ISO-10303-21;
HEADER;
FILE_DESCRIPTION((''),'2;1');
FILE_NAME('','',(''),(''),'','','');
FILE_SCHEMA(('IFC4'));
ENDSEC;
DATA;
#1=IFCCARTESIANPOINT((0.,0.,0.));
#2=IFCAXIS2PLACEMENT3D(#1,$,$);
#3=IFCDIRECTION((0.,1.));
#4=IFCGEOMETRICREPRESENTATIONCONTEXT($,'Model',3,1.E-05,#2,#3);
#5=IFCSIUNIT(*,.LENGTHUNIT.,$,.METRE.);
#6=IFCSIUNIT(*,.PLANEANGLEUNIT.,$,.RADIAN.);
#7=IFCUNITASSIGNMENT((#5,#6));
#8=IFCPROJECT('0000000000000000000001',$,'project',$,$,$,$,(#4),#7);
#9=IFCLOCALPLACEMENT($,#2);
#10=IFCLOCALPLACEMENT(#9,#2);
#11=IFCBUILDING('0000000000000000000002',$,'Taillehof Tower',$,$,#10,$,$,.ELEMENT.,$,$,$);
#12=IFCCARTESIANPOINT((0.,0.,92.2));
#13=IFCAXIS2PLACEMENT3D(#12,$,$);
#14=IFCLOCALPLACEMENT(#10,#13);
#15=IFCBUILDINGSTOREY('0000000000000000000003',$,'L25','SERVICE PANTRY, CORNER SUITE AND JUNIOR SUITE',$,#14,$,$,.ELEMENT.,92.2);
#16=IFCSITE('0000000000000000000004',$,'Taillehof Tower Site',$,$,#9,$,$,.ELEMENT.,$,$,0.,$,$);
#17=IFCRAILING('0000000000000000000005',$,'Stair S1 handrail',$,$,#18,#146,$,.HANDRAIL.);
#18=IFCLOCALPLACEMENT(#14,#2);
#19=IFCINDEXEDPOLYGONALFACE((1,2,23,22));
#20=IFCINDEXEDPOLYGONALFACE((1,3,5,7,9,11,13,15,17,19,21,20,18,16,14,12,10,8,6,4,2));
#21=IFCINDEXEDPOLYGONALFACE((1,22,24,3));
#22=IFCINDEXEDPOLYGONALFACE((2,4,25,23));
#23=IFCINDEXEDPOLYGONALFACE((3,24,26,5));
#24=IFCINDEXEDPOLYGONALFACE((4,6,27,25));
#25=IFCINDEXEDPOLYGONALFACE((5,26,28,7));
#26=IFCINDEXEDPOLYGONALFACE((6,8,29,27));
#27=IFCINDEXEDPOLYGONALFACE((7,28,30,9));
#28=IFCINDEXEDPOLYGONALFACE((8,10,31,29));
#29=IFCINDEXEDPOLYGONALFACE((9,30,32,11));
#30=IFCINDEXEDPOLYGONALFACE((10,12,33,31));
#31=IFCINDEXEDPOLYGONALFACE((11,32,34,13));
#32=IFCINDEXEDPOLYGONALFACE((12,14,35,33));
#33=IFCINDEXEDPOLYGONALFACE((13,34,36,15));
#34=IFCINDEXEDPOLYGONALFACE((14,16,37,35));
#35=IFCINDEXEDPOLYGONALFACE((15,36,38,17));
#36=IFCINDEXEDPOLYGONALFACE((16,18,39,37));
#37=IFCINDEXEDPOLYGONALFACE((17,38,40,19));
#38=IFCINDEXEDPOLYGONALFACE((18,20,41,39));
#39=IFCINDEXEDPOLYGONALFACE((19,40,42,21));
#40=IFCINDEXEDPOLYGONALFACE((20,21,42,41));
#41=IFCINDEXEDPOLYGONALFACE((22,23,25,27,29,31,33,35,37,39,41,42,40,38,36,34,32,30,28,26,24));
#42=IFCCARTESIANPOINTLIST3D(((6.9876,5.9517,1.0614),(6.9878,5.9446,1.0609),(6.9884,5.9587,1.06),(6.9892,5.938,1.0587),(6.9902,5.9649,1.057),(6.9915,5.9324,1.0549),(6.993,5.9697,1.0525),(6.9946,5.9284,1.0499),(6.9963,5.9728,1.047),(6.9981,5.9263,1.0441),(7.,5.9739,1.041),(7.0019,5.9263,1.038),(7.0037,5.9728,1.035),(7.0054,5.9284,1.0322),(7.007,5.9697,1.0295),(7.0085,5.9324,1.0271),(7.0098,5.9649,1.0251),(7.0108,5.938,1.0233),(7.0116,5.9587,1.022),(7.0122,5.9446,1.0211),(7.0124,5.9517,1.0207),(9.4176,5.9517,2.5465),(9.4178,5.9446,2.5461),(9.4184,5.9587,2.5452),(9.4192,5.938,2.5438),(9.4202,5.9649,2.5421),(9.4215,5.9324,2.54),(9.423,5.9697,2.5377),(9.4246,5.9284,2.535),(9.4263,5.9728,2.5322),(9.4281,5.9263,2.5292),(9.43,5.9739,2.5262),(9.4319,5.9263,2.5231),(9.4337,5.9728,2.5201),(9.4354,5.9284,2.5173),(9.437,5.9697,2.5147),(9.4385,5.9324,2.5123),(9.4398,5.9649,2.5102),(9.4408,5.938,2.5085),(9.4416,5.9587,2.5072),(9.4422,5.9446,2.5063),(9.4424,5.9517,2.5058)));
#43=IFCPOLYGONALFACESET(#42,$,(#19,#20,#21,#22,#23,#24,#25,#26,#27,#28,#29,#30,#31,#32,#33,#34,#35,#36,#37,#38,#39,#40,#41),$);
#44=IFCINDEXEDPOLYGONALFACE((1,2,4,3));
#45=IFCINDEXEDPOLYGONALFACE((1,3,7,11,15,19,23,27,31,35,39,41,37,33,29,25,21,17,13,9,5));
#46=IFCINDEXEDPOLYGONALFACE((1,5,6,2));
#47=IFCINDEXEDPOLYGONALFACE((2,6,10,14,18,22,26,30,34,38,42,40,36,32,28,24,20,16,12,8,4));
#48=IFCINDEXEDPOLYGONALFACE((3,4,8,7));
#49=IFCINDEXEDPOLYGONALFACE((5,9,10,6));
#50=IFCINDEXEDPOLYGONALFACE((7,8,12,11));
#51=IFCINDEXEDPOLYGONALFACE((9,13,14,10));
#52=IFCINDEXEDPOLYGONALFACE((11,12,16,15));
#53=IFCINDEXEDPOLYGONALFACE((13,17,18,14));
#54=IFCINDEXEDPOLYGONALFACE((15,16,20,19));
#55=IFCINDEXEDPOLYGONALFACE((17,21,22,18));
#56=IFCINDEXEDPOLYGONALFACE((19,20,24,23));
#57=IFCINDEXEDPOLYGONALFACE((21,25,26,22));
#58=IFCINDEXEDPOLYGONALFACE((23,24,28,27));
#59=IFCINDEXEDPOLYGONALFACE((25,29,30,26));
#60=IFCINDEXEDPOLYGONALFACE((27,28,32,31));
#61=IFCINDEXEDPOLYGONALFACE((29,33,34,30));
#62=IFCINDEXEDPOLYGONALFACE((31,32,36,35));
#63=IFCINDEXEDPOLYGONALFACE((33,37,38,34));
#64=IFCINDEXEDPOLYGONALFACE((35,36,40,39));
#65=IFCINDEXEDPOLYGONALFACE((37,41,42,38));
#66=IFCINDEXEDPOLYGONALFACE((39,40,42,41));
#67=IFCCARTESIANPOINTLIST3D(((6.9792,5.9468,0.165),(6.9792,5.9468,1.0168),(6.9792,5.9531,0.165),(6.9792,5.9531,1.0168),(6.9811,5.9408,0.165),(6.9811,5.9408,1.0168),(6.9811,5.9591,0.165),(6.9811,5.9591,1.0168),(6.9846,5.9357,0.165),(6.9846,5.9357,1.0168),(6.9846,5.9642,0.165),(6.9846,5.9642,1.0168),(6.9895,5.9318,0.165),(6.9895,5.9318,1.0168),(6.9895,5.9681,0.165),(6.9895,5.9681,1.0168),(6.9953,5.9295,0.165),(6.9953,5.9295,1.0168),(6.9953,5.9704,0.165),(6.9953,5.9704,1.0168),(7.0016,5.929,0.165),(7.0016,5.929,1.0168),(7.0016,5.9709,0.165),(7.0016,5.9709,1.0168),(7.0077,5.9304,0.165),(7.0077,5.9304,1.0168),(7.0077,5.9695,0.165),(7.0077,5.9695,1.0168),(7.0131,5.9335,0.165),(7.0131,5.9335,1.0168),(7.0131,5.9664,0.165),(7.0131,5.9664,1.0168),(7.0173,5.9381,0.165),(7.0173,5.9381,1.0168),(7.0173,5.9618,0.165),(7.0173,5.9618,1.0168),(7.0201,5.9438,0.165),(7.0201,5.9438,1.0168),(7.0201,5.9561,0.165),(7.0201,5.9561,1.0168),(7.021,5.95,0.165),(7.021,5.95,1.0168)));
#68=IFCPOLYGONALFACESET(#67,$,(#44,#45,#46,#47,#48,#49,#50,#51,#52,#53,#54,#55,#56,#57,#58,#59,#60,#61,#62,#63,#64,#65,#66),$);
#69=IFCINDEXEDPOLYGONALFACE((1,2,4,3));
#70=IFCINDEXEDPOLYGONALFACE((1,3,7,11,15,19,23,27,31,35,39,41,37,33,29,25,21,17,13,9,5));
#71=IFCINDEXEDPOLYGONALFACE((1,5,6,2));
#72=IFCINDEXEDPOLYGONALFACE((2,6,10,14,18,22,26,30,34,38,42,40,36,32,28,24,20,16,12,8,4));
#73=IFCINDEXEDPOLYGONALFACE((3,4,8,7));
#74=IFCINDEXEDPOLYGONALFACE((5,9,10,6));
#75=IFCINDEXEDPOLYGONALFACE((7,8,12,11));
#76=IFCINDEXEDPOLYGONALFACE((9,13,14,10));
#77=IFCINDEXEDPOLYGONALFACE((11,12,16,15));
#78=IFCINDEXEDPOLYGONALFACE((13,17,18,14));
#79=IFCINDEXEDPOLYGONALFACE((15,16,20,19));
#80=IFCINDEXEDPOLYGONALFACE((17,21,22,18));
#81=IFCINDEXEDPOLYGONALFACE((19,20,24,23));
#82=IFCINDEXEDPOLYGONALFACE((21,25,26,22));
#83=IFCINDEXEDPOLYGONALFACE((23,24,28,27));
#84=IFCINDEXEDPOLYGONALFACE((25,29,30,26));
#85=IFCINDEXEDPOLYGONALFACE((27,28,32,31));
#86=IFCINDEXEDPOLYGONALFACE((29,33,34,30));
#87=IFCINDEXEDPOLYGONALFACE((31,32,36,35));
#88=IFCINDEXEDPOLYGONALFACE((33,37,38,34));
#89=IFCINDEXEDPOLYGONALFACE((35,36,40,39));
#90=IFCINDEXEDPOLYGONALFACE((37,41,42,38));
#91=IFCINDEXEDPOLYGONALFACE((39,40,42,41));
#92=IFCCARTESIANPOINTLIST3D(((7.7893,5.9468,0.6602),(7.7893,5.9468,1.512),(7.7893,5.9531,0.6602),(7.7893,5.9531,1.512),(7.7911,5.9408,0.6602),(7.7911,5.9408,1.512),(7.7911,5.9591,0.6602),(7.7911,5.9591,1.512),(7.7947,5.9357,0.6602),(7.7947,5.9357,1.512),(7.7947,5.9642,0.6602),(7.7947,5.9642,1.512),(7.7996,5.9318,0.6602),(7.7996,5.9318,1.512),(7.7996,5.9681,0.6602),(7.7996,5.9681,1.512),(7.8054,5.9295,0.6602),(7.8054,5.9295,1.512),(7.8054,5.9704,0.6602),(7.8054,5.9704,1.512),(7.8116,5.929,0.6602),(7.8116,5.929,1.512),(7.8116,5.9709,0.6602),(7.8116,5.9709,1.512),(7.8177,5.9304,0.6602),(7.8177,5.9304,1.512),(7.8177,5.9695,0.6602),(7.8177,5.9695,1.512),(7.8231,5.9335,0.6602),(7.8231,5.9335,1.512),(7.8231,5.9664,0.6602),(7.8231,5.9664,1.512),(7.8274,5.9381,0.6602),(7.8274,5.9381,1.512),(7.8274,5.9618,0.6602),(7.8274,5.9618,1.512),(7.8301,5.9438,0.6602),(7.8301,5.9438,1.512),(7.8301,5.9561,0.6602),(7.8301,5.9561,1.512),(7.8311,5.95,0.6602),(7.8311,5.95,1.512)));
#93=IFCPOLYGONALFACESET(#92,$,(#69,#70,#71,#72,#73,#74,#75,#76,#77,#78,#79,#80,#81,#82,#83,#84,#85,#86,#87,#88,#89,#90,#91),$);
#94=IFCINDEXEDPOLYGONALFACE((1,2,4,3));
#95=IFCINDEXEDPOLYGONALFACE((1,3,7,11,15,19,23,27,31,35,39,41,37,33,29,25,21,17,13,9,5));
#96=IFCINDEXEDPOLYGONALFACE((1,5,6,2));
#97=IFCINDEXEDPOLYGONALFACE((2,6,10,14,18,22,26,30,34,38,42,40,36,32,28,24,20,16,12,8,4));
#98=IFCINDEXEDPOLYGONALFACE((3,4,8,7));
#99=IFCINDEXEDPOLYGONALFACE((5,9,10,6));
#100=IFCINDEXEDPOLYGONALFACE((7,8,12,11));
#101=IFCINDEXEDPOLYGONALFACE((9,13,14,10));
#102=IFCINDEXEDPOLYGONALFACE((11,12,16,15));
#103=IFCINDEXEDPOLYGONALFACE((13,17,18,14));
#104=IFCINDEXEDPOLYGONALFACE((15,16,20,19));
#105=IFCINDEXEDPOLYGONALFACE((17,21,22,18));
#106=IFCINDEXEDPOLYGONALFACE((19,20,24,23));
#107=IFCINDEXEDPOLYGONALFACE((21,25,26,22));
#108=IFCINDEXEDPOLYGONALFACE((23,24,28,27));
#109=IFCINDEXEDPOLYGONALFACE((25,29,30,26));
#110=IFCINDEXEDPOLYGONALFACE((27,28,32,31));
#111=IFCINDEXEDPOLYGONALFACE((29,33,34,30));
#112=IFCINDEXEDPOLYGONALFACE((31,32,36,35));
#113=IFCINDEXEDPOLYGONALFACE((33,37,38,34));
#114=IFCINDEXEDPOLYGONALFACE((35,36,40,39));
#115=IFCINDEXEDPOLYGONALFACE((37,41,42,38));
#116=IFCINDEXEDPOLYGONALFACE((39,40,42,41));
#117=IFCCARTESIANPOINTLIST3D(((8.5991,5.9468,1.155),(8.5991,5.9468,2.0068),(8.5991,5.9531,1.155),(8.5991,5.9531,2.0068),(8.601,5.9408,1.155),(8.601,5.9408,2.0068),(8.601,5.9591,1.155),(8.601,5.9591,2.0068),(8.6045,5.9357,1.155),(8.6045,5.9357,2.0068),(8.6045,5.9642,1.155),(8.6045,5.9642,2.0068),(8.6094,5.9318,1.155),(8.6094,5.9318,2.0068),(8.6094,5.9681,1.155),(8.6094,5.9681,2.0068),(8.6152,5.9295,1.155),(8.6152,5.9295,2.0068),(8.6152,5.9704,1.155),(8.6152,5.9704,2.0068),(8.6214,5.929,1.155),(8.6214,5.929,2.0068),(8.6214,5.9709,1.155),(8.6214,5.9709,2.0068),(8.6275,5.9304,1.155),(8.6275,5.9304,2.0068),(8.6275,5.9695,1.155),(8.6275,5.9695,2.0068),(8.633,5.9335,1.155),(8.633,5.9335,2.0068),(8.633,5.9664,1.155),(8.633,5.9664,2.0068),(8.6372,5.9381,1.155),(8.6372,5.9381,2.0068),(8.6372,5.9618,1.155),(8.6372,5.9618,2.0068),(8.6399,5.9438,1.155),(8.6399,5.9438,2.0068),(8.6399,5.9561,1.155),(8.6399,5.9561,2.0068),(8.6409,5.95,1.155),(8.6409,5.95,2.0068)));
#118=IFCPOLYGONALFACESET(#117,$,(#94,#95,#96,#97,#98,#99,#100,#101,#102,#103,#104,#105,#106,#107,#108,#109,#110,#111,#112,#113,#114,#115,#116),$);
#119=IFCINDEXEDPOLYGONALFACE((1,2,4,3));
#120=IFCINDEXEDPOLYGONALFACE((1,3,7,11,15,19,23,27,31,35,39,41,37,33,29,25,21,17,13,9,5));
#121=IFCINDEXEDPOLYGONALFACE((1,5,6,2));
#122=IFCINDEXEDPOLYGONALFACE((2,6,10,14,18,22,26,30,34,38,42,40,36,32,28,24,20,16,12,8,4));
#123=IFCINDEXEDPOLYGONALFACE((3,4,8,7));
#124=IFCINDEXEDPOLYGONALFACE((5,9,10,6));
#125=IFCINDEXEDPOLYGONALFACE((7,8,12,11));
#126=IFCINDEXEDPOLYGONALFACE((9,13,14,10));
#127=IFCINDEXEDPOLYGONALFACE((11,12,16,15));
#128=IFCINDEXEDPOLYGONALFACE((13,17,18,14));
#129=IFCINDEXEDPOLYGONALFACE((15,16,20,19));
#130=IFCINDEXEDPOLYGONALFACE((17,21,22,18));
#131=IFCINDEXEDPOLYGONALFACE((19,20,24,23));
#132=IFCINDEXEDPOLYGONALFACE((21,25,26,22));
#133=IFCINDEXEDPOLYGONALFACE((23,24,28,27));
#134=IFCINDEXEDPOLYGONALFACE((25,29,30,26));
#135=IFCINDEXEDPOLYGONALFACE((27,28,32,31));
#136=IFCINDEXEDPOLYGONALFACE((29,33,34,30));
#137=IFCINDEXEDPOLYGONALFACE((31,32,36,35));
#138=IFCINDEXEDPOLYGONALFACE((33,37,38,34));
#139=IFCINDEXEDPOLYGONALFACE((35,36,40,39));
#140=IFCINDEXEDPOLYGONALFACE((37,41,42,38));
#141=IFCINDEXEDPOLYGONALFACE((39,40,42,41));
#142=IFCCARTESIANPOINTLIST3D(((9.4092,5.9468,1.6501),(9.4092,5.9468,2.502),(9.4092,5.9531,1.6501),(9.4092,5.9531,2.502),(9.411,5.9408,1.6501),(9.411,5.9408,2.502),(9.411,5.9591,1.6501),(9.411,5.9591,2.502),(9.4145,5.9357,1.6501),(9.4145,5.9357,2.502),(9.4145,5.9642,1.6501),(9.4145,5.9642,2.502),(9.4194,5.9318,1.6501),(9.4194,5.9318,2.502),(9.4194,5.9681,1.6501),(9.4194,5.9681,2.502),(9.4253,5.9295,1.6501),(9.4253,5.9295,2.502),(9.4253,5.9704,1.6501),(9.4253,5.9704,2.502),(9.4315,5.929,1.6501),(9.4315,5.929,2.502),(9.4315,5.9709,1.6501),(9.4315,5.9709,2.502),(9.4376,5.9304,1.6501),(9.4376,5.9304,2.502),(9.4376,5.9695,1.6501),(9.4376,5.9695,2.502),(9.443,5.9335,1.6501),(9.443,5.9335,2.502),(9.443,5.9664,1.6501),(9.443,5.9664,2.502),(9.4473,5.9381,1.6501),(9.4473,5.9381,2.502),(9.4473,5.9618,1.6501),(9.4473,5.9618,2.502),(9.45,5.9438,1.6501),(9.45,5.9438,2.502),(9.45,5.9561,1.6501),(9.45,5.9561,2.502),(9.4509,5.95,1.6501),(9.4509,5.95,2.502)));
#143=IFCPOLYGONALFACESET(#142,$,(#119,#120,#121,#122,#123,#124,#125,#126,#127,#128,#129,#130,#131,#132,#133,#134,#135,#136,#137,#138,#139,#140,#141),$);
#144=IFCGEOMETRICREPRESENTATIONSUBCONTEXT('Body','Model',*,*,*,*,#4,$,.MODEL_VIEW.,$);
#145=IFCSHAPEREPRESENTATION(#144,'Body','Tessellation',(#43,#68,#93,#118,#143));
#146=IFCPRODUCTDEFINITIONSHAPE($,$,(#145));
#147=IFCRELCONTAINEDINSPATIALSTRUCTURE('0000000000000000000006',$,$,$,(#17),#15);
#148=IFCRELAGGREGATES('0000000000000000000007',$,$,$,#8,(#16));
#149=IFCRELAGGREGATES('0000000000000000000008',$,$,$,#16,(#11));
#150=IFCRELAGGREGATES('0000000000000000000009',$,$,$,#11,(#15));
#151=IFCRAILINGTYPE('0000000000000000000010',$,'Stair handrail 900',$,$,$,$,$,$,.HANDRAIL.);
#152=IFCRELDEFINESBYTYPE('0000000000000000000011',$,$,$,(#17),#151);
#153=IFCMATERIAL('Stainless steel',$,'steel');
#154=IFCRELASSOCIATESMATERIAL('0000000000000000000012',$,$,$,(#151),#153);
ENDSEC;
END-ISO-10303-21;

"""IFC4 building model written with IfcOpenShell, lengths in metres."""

from ifc_helpers import new_model, si_unit, direction, frame, origin, origin_2d, place, context, subcontext, project, spatial, circle, extrude, material, type_object, element, save


model = new_model("IFC4")

# Units and contexts
model_context = context("Model", 3, precision=1e-05, world=origin(), true_north=direction((0.0, 1.0)))
body_context = subcontext(model_context, "Body", "Model", "MODEL_VIEW")
ifc_project = project(units=[si_unit("LENGTHUNIT", "METRE"), si_unit("PLANEANGLEUNIT", "RADIAN")], contexts=[model_context])

# Site, building, storey
site_placement = place(None, origin())
site = spatial("IfcSite", under=ifc_project, at=site_placement, Name="Taillehof Tower Site", CompositionType="ELEMENT", RefElevation=0.0)
building_placement = place(site_placement, origin())
building = spatial("IfcBuilding", under=site, at=building_placement, Name="Taillehof Tower", CompositionType="ELEMENT")
storey_placement = place(building_placement, frame((0.0, 0.0, 92.2)))
storey = spatial("IfcBuildingStorey", under=building, at=storey_placement, Name="L25", Description="SERVICE PANTRY, CORNER SUITE AND JUNIOR SUITE", CompositionType="ELEMENT", Elevation=92.2)

# Railing
ifc_material_1 = material(Name="Stainless steel", Category="steel")
railing_type = type_object("IfcRailingType", Name="Stair handrail 900", PredefinedType="HANDRAIL", material=ifc_material_1)
railing_placement = place(storey_placement, frame((7.0, 5.95, 0.165)))
element("IfcRailing", 1, at=railing_placement, inside=storey, type_object=railing_type, Name="Stair S1 handrail", PredefinedType="HANDRAIL", context=body_context, shape_type="SweptSolid", body=[
    extrude(circle(Radius=0.0239, at=origin_2d()), frame((0.0, 0.0, 0.876), z_axis=(0.853259, 0.0, 0.521488), x_axis=(0.0, 1.0, 0.0)), (0.0, 0.0, 1.0), 2.8479),
    extrude(circle(Radius=0.021, at=origin_2d()), origin(), (0.0, 0.0, 1.0), 0.8518),
    extrude(circle(Radius=0.021, at=origin_2d()), frame((0.8101, 0.0, 0.4951)), (0.0, 0.0, 1.0), 0.8518),
    extrude(circle(Radius=0.021, at=origin_2d()), frame((1.6199, 0.0, 0.99)), (0.0, 0.0, 1.0), 0.8518),
    extrude(circle(Radius=0.021, at=origin_2d()), frame((2.4299, 0.0, 1.4851)), (0.0, 0.0, 1.0), 0.8518),
])

save(model, "model.ifc")
